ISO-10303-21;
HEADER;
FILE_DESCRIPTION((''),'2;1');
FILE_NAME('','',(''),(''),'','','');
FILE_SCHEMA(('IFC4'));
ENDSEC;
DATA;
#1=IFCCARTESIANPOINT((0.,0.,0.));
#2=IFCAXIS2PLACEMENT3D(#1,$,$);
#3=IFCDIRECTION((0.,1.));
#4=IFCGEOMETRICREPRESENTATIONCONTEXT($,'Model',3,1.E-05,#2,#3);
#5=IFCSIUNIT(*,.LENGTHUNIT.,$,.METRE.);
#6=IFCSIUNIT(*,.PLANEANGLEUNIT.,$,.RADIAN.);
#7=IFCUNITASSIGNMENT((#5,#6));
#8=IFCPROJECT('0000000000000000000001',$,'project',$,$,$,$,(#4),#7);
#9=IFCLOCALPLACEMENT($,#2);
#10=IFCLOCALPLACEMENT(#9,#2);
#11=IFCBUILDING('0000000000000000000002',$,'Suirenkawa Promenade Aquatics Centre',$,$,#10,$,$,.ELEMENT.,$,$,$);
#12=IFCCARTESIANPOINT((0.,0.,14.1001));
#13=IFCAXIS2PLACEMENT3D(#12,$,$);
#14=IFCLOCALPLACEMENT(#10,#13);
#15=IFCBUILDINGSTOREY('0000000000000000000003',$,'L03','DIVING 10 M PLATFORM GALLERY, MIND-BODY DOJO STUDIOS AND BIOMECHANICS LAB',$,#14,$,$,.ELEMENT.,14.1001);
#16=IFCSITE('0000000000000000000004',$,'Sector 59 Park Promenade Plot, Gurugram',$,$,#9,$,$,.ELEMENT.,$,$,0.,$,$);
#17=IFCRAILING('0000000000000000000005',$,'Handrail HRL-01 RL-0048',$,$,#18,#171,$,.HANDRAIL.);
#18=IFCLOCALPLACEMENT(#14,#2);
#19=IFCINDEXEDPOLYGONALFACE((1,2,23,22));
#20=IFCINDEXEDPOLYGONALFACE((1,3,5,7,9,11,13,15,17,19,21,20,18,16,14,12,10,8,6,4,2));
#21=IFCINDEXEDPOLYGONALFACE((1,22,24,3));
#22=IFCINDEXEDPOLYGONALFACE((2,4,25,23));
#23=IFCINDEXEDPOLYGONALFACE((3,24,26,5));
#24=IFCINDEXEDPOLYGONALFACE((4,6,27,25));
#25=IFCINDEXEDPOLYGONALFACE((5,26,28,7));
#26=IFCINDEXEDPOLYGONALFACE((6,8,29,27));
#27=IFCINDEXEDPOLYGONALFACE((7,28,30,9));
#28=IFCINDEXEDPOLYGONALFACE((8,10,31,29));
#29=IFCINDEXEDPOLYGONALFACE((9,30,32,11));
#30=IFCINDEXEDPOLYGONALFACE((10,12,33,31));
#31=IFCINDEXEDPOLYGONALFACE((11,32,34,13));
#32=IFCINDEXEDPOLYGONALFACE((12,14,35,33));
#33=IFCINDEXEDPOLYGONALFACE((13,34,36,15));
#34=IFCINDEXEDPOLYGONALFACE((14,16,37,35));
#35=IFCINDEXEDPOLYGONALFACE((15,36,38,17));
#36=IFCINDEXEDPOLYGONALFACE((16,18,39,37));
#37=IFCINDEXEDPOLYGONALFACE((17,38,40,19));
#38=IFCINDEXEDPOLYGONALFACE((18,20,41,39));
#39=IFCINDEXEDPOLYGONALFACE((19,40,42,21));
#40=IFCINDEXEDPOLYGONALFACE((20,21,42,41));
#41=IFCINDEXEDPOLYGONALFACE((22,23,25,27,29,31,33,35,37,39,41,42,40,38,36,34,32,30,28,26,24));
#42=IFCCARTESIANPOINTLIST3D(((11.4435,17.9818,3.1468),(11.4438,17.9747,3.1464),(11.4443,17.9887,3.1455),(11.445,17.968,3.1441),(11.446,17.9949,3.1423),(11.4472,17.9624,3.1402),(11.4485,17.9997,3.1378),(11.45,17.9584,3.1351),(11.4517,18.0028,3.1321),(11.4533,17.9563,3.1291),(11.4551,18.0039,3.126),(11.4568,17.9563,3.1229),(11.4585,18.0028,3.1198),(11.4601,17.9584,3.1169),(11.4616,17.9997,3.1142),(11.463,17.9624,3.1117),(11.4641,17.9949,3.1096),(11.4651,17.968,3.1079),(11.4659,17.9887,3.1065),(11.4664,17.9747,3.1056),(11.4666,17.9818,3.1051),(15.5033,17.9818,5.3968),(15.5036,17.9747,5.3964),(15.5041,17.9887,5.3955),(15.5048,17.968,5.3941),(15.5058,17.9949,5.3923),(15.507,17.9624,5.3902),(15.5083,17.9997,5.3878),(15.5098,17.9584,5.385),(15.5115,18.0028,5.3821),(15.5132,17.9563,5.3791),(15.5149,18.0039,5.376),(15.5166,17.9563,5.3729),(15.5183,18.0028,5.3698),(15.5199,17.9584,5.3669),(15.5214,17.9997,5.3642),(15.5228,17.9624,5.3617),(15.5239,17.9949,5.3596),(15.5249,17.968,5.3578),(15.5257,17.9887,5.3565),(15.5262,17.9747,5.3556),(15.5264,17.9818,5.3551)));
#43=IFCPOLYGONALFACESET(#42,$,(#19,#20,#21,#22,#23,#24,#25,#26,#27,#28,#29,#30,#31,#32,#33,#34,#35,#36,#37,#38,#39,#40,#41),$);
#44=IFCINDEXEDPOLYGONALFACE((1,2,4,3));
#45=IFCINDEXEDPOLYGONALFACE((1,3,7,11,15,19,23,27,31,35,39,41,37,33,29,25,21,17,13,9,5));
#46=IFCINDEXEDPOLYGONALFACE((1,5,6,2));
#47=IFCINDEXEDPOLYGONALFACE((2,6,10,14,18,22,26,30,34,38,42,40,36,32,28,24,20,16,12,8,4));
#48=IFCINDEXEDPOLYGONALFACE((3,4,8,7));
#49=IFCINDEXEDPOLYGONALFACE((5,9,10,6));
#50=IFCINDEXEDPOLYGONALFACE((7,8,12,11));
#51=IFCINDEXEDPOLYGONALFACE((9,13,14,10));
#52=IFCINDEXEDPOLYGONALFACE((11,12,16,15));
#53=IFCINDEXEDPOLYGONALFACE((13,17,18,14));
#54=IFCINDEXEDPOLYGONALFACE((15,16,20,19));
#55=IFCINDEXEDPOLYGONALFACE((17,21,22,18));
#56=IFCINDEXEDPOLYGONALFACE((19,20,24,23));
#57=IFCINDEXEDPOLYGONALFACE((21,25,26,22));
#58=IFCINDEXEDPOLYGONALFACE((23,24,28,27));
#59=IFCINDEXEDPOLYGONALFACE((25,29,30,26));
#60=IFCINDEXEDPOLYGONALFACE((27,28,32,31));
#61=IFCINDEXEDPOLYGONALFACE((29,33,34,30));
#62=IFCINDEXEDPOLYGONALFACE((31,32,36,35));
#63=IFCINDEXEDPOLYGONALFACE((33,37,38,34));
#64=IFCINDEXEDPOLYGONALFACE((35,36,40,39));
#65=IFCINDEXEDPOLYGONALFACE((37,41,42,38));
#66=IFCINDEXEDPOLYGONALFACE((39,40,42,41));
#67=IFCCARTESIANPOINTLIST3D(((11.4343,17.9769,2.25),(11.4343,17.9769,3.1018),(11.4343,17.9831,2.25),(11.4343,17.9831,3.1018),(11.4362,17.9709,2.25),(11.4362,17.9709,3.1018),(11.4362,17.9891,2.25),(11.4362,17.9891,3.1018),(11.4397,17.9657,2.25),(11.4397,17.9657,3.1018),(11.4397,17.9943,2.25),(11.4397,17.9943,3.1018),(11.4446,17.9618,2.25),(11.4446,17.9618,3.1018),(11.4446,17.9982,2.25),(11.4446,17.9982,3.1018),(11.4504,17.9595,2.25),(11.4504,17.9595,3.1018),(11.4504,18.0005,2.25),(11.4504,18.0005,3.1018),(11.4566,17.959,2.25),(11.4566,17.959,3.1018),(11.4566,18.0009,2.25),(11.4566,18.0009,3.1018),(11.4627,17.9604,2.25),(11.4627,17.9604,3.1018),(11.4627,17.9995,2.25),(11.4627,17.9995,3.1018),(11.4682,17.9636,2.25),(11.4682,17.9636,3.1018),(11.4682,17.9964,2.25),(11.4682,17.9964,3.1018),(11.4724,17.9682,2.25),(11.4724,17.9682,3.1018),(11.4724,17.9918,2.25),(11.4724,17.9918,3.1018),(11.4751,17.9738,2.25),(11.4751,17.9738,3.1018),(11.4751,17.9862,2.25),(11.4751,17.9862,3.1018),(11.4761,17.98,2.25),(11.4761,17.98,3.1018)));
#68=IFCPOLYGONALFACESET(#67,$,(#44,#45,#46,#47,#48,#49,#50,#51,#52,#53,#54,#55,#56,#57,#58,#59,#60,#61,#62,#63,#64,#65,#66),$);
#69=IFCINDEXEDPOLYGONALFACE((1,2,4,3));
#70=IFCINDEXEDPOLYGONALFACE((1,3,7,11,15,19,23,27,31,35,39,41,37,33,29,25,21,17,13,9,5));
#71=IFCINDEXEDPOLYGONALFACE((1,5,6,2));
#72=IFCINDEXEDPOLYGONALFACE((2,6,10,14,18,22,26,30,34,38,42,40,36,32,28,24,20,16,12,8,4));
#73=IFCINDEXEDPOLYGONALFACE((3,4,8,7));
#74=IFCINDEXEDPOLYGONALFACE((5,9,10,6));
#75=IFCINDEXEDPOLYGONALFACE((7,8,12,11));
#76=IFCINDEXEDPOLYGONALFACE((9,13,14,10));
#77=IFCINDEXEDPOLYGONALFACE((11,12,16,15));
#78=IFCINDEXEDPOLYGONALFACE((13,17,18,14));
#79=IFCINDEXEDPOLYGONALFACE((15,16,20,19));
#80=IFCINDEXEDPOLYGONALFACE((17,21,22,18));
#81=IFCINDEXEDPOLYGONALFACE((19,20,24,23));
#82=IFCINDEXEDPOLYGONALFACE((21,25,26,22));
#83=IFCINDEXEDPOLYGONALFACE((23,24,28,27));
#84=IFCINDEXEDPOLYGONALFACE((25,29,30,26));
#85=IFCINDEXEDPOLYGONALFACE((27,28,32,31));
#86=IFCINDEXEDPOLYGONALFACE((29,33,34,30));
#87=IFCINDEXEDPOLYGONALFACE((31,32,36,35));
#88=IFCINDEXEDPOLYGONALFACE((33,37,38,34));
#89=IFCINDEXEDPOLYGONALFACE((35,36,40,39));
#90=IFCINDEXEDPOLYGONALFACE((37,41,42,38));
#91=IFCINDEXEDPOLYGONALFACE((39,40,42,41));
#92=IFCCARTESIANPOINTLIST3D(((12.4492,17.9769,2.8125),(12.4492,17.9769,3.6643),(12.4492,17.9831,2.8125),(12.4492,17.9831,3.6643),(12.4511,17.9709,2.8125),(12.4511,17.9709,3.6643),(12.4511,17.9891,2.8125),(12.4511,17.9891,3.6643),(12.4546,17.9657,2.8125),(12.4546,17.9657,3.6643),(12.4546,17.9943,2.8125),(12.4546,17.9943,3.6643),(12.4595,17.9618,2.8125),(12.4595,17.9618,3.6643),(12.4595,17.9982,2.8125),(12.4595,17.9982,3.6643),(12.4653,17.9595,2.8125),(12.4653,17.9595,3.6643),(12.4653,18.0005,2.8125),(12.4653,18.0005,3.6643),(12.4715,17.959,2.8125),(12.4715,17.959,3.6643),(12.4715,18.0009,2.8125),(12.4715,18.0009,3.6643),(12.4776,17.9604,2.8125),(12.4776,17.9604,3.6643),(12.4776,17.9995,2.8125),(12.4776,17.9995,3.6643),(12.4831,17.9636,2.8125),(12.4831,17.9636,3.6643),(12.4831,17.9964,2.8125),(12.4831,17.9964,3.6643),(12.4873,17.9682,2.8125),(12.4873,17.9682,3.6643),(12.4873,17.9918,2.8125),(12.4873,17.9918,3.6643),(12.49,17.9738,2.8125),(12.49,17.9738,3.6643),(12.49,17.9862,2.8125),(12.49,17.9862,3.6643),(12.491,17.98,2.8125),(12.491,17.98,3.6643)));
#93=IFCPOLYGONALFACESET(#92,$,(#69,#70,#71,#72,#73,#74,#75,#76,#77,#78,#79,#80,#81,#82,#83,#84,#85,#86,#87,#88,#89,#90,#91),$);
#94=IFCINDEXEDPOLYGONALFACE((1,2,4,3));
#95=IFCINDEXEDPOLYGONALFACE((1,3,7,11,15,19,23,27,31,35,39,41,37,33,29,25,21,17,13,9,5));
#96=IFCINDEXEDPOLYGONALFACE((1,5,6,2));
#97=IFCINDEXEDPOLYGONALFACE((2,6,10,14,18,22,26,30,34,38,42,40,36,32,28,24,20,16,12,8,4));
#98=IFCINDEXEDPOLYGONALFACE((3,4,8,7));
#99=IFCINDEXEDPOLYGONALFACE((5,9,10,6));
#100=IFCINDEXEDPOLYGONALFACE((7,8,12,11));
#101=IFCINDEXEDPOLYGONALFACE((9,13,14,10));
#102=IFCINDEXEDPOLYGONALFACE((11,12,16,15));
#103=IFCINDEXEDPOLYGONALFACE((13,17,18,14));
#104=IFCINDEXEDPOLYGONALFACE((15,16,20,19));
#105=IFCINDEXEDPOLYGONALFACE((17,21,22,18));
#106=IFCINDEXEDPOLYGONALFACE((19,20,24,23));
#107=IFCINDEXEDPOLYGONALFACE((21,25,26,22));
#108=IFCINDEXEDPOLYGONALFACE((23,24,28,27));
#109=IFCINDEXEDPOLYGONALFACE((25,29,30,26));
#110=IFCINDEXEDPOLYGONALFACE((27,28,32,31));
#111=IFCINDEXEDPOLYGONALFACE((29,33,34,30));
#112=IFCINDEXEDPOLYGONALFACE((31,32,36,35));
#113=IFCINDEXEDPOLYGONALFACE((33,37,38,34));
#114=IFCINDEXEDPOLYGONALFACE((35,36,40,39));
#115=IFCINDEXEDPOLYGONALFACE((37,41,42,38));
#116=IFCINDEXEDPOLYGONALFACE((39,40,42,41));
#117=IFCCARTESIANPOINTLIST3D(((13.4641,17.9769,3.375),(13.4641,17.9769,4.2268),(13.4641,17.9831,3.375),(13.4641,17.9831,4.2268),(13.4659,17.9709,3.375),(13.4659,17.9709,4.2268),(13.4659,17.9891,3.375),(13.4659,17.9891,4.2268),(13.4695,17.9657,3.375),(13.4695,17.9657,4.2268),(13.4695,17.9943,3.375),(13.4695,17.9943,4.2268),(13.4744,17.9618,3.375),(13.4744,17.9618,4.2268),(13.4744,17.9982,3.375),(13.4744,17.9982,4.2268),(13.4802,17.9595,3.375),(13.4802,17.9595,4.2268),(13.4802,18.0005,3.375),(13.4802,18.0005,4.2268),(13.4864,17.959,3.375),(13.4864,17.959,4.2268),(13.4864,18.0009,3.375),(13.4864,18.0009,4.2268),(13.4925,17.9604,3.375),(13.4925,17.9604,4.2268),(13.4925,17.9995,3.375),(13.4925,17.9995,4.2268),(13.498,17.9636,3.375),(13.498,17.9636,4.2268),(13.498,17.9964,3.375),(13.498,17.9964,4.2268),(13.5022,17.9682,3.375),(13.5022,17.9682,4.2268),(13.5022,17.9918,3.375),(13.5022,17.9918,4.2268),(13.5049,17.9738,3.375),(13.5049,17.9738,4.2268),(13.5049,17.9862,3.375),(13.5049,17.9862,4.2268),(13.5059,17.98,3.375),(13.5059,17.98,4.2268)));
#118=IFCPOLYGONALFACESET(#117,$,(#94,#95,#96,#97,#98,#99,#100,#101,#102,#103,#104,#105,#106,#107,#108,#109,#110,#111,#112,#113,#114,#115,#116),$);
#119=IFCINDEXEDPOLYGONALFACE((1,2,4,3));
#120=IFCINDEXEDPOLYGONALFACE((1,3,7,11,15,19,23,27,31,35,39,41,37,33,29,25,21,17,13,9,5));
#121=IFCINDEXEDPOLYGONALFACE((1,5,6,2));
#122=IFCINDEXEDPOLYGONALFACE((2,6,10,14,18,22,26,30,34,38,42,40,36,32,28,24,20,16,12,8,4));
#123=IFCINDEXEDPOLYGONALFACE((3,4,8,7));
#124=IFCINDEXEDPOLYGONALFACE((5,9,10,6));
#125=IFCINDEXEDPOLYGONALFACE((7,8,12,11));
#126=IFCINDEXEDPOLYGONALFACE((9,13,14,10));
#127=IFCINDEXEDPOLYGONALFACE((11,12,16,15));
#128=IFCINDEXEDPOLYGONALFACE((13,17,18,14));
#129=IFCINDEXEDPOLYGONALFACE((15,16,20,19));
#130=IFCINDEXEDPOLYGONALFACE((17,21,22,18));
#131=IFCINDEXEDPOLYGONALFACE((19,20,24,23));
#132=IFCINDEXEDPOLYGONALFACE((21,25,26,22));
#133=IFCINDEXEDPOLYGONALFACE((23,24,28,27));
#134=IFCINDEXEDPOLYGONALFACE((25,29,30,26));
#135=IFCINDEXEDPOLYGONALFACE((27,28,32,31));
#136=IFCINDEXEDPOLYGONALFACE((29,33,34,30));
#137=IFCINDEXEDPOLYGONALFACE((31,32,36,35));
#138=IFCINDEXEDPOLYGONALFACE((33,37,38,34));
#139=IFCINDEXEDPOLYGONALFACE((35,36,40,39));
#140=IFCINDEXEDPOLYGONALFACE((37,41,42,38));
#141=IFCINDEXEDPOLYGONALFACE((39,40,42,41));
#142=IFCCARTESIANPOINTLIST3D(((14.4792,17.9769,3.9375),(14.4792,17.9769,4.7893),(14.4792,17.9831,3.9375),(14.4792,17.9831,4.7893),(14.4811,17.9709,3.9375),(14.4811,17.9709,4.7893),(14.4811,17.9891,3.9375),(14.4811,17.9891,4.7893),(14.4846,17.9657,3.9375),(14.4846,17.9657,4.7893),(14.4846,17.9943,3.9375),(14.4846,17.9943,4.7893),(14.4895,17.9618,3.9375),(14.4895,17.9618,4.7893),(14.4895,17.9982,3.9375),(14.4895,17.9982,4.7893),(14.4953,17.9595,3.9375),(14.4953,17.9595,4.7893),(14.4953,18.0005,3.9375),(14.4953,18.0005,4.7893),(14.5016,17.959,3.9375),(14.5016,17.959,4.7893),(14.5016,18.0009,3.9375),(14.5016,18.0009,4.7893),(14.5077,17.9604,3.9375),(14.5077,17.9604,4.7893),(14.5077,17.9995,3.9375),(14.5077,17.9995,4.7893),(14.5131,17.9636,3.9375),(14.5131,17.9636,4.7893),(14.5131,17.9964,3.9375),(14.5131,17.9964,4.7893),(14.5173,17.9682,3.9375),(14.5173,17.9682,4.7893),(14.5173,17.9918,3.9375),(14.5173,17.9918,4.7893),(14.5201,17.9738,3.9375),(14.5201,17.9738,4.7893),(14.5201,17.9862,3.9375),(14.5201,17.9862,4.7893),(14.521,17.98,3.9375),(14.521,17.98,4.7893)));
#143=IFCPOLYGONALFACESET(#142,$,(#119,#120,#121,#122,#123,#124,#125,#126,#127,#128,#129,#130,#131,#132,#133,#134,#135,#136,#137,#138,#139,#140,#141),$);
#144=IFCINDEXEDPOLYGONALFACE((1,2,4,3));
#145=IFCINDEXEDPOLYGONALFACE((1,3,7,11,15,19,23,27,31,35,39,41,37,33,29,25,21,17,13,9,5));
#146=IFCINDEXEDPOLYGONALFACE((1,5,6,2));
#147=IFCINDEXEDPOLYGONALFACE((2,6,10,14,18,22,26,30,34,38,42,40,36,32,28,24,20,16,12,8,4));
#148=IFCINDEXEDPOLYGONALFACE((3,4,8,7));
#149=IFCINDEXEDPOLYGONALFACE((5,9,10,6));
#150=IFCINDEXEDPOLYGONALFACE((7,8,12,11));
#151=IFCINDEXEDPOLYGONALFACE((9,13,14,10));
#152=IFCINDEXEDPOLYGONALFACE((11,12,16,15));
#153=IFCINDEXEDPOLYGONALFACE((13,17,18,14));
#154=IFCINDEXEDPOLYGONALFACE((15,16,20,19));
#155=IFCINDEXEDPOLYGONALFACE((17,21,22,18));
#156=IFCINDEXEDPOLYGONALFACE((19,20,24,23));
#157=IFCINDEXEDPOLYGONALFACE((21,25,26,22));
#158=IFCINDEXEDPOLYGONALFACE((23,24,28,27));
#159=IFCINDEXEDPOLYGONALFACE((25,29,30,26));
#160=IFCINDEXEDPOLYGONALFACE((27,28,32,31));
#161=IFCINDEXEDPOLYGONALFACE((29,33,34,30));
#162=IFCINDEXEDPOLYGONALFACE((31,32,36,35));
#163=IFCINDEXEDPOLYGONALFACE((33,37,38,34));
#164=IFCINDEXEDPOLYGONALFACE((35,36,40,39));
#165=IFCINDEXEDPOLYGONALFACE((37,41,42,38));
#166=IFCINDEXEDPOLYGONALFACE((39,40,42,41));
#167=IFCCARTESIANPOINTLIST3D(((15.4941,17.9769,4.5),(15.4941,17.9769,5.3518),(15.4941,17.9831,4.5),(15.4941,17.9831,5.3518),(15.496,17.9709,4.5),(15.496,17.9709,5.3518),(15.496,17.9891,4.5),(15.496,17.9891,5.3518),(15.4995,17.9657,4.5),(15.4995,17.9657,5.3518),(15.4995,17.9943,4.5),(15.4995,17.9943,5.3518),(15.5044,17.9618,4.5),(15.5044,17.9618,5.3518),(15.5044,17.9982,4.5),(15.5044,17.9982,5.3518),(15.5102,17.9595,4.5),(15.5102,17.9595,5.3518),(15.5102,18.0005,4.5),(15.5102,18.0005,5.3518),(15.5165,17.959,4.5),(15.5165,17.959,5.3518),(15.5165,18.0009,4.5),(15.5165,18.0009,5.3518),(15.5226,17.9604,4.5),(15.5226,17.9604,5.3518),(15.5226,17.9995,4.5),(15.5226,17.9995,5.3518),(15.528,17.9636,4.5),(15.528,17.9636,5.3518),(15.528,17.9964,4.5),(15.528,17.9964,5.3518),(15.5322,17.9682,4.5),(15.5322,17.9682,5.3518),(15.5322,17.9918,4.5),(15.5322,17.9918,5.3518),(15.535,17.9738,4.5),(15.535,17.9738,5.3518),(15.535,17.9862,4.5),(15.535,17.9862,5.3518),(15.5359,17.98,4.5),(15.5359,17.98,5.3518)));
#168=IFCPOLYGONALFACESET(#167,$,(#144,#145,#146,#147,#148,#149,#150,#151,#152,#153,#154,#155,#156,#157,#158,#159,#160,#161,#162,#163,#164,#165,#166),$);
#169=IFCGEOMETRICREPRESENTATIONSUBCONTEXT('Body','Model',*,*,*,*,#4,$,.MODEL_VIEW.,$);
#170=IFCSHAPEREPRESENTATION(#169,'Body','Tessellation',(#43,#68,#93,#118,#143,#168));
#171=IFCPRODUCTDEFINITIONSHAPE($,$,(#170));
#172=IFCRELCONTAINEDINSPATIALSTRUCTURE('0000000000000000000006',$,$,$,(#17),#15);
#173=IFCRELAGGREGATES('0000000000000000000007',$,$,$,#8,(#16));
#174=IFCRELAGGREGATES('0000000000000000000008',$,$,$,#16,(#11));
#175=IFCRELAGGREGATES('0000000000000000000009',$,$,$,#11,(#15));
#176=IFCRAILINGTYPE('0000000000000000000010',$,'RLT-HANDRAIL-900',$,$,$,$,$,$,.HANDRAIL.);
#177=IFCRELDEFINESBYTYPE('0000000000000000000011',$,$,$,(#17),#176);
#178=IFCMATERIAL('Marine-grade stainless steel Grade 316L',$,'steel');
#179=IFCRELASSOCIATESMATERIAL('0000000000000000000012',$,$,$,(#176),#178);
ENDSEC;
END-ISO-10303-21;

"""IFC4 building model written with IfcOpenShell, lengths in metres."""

from ifc_helpers import new_model, si_unit, direction, frame, origin, origin_2d, place, context, subcontext, project, spatial, circle, extrude, material, type_object, element, save


model = new_model("IFC4")

# Units and contexts
model_context = context("Model", 3, precision=1e-05, world=origin(), true_north=direction((0.0, 1.0)))
body_context = subcontext(model_context, "Body", "Model", "MODEL_VIEW")
ifc_project = project(units=[si_unit("LENGTHUNIT", "METRE"), si_unit("PLANEANGLEUNIT", "RADIAN")], contexts=[model_context])

# Site, building, storey
site_placement = place(None, origin())
site = spatial("IfcSite", under=ifc_project, at=site_placement, Name="Sector 59 Park Promenade Plot, Gurugram", CompositionType="ELEMENT", RefElevation=0.0)
building_placement = place(site_placement, origin())
building = spatial("IfcBuilding", under=site, at=building_placement, Name="Suirenkawa Promenade Aquatics Centre", CompositionType="ELEMENT")
storey_placement = place(building_placement, frame((0.0, 0.0, 14.1001)))
storey = spatial("IfcBuildingStorey", under=building, at=storey_placement, Name="L03", Description="DIVING 10 M PLATFORM GALLERY, MIND-BODY DOJO STUDIOS AND BIOMECHANICS LAB", CompositionType="ELEMENT", Elevation=14.1001)

# Shared definitions
ifc_material_1 = material(Name="Marine-grade stainless steel Grade 316L", Category="steel")

# Railing
railing_type_1 = type_object("IfcRailingType", Name="RLT-HANDRAIL-900", PredefinedType="HANDRAIL", material=ifc_material_1)
for number, where, name in (
    (1, (11.4551, 17.98, 2.25), "Handrail HRL-01 RL-0048"),
):
    element("IfcRailing", number, at=place(storey_placement, frame(where)), inside=storey, type_object=railing_type_1, Name=name, PredefinedType="HANDRAIL", context=body_context, shape_type="SweptSolid", body=[
        extrude(circle(Radius=0.0239, at=origin_2d()), frame((0.0, 0.0, 0.876), z_axis=(0.874656, 0.0, 0.484745), x_axis=(0.0, 1.0, 0.0)), (0.0, 0.0, 1.0), 4.6416),
        extrude(circle(Radius=0.021, at=origin_2d()), origin(), (0.0, 0.0, 1.0), 0.8518),
        extrude(circle(Radius=0.021, at=origin_2d()), frame((1.0149, 0.0, 0.5625)), (0.0, 0.0, 1.0), 0.8518),
        extrude(circle(Radius=0.021, at=origin_2d()), frame((2.0298, 0.0, 1.125)), (0.0, 0.0, 1.0), 0.8518),
        extrude(circle(Radius=0.021, at=origin_2d()), frame((3.0449, 0.0, 1.6875)), (0.0, 0.0, 1.0), 0.8518),
        extrude(circle(Radius=0.021, at=origin_2d()), frame((4.0598, 0.0, 2.25)), (0.0, 0.0, 1.0), 0.8518),
    ])

save(model, "model.ifc")
